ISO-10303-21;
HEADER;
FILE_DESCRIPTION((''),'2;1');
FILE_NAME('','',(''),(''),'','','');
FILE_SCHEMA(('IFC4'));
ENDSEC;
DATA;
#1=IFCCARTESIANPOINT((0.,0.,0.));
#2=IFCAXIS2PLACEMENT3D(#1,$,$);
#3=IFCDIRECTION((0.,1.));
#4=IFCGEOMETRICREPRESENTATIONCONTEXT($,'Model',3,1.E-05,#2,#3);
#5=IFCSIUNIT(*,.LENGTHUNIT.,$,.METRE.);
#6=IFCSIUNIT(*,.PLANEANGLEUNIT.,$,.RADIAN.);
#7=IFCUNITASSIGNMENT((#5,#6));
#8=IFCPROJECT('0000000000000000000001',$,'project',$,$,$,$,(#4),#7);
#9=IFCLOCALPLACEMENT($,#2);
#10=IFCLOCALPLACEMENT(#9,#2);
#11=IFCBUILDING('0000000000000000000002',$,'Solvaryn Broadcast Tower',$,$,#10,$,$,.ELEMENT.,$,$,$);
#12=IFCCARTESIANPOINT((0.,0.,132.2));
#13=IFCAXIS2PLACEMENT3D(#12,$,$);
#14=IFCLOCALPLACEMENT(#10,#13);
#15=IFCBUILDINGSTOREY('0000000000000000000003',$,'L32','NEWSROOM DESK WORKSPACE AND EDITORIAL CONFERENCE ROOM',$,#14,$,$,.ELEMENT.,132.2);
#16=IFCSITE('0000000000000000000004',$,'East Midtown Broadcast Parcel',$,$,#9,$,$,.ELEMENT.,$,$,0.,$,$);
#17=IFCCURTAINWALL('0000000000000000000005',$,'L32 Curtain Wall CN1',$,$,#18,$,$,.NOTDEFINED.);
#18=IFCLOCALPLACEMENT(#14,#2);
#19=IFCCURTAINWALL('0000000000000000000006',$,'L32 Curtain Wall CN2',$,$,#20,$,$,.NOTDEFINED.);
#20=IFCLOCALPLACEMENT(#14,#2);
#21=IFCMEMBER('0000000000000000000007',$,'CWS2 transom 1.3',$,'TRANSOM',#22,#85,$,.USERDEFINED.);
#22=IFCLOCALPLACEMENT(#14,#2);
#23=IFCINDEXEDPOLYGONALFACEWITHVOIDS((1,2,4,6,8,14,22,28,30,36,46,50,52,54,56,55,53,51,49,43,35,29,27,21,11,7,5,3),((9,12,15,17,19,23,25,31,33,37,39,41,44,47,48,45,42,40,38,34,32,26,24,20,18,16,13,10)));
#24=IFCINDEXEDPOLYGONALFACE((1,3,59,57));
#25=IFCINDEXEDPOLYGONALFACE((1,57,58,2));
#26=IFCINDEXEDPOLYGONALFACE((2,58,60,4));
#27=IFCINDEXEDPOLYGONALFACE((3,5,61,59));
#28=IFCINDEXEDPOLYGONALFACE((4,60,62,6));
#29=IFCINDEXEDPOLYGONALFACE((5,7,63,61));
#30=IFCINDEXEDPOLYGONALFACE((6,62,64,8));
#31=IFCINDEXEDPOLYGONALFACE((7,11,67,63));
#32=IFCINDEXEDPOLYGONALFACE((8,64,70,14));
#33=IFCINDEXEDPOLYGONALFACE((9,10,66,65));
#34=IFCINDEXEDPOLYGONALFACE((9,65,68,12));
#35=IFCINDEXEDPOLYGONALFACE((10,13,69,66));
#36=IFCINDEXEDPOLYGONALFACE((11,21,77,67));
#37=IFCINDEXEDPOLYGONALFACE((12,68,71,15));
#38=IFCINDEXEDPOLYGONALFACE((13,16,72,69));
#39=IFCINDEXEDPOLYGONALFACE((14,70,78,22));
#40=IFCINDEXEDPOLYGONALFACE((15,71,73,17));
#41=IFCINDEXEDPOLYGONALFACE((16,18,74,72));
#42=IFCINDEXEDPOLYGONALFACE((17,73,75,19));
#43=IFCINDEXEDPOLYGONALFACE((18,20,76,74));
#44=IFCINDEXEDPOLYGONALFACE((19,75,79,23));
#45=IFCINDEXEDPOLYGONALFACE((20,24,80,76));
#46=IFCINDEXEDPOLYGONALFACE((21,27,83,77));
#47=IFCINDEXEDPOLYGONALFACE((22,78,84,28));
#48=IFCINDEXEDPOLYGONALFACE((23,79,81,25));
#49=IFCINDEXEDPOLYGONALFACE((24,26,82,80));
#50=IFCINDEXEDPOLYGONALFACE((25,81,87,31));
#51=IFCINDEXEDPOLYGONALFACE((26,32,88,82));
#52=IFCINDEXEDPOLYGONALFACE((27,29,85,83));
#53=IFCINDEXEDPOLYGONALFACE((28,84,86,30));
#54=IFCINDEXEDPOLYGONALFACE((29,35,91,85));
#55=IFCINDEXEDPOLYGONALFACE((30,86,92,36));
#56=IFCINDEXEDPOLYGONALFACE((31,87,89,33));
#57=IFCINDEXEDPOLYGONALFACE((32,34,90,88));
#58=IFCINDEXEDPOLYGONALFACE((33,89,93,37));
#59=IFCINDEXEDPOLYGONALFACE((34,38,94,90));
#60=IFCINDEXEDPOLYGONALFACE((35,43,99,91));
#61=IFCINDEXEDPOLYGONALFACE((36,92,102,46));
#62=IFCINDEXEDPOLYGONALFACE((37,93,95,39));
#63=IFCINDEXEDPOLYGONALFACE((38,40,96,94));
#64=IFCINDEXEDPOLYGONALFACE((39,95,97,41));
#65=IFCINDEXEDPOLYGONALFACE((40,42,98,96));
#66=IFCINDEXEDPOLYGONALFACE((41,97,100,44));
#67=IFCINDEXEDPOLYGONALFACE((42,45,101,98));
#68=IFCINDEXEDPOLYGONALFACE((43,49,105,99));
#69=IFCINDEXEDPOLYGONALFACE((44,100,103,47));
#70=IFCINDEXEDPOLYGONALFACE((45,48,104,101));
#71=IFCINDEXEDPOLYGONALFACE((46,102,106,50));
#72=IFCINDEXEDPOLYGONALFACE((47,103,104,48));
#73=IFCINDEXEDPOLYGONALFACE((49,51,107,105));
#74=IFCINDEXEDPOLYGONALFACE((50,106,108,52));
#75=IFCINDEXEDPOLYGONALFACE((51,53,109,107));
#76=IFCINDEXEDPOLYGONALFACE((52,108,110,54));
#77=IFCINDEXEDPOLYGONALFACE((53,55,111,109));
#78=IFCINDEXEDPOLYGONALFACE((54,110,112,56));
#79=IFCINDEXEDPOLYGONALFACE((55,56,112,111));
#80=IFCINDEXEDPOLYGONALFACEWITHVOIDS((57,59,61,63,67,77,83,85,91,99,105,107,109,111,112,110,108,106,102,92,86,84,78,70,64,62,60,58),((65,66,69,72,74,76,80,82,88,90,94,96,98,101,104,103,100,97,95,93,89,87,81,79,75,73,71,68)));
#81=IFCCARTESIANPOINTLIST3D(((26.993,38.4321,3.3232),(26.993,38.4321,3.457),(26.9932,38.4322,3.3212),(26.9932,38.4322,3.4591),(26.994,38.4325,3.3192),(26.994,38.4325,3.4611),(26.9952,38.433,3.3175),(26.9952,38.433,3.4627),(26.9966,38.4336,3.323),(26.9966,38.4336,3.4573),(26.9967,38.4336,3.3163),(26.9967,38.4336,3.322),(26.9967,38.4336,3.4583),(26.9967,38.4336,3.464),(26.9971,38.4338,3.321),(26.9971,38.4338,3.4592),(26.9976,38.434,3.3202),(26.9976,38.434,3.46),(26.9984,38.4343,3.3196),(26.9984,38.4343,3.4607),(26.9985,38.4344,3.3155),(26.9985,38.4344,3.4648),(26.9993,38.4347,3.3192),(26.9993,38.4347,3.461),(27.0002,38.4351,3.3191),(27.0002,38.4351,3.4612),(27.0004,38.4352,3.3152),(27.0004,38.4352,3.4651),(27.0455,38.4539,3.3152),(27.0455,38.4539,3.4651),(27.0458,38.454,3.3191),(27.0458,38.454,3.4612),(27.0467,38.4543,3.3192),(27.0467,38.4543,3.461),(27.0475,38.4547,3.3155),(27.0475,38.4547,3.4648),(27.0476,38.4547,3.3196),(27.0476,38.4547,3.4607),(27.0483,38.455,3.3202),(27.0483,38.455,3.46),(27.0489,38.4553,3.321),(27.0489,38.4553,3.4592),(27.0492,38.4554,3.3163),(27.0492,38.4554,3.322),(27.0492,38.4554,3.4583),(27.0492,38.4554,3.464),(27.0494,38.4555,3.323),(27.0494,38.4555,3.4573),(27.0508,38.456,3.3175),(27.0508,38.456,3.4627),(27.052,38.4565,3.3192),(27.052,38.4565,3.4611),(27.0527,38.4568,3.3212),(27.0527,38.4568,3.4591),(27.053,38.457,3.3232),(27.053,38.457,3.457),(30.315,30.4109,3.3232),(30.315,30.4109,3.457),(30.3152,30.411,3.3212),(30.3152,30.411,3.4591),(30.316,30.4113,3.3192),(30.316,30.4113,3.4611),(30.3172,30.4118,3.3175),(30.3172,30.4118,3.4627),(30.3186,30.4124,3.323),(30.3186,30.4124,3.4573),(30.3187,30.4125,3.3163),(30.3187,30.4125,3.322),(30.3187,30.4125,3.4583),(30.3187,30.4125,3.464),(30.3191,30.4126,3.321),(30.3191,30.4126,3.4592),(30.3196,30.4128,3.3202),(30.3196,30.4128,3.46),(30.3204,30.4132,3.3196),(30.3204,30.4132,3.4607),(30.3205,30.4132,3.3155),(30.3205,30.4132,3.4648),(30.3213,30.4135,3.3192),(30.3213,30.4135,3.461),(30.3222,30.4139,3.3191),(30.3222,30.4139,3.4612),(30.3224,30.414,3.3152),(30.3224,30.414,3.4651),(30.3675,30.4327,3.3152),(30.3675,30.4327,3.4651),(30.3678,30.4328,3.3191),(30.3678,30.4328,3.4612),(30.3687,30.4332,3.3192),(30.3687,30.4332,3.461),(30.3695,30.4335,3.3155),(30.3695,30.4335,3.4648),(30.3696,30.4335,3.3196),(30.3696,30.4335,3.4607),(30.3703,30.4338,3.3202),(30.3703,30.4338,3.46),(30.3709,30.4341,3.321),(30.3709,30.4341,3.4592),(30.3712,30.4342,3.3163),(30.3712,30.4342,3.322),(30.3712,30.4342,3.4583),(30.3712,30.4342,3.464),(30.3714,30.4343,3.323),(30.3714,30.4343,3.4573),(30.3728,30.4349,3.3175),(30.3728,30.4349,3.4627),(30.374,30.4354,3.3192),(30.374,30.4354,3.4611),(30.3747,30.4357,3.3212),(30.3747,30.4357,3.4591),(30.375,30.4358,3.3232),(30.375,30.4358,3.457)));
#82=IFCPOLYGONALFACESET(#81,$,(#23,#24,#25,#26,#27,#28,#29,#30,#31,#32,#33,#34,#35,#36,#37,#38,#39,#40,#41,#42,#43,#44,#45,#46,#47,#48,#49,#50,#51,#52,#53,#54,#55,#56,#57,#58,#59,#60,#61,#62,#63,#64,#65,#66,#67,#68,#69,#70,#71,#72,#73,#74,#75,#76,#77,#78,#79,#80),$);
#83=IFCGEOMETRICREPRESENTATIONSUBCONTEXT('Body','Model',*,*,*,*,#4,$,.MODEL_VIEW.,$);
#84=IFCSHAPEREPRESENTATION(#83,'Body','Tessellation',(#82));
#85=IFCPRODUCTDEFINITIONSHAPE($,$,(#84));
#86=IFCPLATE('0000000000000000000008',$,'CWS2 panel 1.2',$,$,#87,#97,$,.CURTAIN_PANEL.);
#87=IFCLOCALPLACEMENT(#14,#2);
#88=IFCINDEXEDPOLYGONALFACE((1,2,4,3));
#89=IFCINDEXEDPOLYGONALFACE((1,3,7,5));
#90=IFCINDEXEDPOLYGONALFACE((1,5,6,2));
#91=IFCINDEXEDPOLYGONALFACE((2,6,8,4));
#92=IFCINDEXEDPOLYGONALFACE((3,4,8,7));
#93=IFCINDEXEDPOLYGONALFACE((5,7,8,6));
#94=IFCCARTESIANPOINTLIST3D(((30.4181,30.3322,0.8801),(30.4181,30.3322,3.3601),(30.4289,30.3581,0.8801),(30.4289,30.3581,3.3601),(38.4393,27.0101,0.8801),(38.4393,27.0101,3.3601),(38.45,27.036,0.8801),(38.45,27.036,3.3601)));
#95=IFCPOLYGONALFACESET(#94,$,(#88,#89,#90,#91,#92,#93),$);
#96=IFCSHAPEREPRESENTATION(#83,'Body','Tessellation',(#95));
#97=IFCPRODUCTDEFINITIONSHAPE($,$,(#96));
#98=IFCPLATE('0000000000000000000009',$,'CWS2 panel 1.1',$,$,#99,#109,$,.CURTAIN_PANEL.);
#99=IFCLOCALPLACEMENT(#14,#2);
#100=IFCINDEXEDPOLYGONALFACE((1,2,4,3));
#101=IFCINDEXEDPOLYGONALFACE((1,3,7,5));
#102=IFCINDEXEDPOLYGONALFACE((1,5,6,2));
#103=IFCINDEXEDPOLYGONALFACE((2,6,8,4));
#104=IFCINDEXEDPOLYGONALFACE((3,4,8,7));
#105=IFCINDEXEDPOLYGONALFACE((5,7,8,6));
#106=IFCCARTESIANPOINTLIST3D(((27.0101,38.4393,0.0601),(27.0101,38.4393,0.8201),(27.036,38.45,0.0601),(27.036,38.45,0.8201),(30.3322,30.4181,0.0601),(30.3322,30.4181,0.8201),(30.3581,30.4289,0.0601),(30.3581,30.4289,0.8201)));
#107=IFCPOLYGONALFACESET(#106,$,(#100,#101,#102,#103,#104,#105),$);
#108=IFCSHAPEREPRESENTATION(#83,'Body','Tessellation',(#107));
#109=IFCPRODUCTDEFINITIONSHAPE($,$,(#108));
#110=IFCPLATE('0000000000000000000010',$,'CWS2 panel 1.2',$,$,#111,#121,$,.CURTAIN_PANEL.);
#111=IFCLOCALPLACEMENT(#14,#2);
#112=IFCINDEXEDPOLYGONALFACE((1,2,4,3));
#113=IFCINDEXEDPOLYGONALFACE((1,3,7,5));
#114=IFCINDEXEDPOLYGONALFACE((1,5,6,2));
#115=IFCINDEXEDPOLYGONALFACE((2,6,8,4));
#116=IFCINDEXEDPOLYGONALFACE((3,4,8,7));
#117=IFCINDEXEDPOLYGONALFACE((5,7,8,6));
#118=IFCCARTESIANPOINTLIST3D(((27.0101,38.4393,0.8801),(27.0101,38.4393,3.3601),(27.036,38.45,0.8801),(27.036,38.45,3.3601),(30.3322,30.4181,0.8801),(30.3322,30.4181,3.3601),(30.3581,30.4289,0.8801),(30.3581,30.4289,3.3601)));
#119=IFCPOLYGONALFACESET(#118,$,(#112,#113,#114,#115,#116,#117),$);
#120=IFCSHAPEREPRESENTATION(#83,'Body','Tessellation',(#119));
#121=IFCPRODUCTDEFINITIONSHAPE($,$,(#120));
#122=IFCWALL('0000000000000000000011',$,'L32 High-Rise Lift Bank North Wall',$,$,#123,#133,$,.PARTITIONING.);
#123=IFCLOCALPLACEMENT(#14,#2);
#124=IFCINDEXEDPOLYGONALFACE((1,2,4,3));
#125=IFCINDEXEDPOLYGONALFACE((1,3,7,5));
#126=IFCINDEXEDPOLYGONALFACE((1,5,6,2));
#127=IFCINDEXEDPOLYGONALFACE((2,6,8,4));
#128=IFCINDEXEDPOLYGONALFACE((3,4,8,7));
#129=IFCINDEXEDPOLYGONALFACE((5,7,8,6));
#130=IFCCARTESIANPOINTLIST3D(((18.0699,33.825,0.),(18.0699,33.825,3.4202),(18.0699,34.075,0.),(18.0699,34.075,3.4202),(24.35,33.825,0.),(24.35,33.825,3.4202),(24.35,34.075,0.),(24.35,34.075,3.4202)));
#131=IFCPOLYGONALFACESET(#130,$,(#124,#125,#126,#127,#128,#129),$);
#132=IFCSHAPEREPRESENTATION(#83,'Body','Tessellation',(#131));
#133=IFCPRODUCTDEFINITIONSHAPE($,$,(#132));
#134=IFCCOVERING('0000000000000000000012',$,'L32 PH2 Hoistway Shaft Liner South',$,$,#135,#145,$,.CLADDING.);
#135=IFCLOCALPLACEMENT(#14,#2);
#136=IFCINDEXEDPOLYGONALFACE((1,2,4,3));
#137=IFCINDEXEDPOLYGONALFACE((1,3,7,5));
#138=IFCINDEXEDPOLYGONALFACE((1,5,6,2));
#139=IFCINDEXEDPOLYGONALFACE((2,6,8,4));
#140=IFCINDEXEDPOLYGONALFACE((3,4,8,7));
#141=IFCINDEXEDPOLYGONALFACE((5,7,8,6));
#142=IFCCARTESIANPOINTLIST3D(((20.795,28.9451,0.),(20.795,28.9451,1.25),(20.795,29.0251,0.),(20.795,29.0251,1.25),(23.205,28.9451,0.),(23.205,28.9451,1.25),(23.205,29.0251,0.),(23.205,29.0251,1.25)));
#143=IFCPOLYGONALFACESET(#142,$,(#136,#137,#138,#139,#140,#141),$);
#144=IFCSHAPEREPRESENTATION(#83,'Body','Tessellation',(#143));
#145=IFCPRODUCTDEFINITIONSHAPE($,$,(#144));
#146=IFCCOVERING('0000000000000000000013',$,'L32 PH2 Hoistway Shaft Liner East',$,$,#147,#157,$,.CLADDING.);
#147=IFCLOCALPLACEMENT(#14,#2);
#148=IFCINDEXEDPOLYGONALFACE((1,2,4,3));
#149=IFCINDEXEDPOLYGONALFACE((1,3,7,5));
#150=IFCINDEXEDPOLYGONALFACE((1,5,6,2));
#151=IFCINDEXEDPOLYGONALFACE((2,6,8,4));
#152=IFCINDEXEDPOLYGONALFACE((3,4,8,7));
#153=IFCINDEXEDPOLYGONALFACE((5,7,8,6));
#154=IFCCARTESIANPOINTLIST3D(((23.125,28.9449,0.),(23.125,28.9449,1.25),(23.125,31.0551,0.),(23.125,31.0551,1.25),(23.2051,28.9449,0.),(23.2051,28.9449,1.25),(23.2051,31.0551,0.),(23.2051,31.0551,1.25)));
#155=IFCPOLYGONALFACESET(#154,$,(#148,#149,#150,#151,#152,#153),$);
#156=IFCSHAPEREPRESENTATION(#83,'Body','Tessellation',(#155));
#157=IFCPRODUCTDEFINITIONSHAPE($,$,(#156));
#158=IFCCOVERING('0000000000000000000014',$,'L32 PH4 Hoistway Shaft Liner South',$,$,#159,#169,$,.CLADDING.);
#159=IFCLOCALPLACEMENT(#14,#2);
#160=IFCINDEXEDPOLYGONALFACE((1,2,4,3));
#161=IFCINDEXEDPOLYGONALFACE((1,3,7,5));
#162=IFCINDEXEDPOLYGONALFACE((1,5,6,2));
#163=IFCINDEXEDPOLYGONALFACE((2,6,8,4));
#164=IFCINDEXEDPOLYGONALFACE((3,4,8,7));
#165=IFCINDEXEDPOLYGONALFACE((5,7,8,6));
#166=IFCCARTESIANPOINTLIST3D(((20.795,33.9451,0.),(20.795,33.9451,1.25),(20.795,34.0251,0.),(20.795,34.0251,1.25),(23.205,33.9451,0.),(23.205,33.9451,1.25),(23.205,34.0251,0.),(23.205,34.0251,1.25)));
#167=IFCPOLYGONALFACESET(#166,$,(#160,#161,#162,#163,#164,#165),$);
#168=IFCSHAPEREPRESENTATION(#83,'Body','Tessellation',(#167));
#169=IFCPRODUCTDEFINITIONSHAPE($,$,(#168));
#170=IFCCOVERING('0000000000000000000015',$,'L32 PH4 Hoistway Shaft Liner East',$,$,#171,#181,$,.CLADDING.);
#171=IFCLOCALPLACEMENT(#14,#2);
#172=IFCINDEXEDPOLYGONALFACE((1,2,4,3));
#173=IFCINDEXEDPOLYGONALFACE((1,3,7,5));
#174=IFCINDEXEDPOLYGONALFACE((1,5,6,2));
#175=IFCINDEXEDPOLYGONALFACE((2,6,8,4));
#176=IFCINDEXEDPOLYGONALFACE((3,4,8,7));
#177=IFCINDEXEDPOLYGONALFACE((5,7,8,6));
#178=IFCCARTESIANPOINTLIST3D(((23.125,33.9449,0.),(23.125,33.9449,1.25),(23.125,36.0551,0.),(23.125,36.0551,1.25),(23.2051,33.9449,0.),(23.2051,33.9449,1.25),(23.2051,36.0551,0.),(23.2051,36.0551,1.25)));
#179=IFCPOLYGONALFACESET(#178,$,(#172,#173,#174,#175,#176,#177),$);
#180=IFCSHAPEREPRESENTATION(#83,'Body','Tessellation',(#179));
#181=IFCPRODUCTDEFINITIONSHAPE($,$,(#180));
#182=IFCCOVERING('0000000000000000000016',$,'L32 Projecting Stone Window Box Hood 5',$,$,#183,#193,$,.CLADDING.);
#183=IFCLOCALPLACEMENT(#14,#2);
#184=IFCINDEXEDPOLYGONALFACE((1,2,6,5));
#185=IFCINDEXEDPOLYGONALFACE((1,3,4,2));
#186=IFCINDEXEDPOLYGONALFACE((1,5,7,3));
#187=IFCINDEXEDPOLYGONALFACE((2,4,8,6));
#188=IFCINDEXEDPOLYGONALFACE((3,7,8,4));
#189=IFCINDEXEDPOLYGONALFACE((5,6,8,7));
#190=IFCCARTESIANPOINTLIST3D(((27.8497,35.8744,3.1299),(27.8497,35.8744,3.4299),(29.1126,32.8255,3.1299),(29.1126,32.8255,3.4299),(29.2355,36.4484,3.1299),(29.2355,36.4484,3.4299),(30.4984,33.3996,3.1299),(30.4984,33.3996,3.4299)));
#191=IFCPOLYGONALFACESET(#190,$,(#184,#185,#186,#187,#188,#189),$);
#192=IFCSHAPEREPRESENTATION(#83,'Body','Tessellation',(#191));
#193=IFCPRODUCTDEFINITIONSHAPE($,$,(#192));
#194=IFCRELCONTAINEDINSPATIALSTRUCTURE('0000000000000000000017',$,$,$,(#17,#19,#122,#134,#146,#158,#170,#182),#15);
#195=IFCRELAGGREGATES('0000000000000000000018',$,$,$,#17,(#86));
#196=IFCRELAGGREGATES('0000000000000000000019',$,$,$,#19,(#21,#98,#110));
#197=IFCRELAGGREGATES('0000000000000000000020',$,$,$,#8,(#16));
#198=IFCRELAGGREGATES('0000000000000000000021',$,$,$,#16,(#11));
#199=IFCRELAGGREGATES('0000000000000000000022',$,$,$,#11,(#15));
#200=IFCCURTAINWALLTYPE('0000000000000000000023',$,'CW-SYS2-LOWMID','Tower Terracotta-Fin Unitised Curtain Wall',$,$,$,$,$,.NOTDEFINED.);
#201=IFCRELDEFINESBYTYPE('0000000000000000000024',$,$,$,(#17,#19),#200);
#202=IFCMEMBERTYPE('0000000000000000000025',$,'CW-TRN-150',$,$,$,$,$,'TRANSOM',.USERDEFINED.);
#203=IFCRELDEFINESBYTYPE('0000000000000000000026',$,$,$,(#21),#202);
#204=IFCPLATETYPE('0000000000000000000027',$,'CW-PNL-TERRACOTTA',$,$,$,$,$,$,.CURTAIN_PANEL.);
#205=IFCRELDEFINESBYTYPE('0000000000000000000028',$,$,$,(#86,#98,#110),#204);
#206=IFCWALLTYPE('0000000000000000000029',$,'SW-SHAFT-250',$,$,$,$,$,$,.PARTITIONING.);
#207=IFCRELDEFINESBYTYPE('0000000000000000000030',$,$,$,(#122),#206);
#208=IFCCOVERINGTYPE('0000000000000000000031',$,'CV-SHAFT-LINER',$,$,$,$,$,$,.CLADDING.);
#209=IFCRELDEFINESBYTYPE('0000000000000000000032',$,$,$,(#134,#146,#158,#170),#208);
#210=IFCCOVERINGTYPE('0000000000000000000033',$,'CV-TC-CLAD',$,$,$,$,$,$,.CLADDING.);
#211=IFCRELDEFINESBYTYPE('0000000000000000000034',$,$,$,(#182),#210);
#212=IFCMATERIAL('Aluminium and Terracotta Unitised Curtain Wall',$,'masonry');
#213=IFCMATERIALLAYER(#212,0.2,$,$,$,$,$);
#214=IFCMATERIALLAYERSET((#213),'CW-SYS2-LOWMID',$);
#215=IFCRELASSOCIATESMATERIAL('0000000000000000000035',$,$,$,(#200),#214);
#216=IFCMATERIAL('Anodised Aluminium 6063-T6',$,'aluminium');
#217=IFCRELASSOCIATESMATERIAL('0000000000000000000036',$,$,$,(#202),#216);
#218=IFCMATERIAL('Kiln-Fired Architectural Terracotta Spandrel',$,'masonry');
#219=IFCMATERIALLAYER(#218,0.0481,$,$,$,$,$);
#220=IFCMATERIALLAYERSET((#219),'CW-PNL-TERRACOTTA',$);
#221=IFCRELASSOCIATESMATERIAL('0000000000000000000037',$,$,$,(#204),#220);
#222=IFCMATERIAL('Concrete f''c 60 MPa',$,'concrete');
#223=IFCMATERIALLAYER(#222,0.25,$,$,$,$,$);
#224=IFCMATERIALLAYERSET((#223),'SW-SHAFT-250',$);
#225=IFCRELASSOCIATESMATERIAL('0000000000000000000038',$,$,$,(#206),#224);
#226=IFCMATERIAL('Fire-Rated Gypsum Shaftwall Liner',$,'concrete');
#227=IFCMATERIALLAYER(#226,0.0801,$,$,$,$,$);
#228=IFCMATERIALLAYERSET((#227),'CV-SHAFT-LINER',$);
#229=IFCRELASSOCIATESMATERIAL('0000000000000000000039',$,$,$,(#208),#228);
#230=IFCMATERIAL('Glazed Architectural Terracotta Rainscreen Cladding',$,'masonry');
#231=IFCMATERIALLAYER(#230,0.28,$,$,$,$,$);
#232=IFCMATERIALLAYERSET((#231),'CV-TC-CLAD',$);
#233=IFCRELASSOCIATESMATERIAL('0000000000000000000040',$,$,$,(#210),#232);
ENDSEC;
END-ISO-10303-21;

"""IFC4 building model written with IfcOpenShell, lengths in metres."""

from ifc_helpers import new_model, si_unit, direction, frame, frame_2d, origin, origin_2d, place, context, subcontext, project, spatial, rectangle, hollow_rectangle, extrude, material, layer, layer_set, material_profile, profile_set, type_object, element, aggregate, save


model = new_model("IFC4")

# Units and contexts
model_context = context("Model", 3, precision=1e-05, world=origin(), true_north=direction((0.0, 1.0)))
body_context = subcontext(model_context, "Body", "Model", "MODEL_VIEW")
ifc_project = project(units=[si_unit("LENGTHUNIT", "METRE"), si_unit("PLANEANGLEUNIT", "RADIAN")], contexts=[model_context])

# Site, building, storey
site_placement = place(None, origin())
site = spatial("IfcSite", under=ifc_project, at=site_placement, Name="East Midtown Broadcast Parcel", CompositionType="ELEMENT", RefElevation=0.0)
building_placement = place(site_placement, origin())
building = spatial("IfcBuilding", under=site, at=building_placement, Name="Solvaryn Broadcast Tower", CompositionType="ELEMENT")
storey_placement = place(building_placement, frame((0.0, 0.0, 132.2)))
storey = spatial("IfcBuildingStorey", under=building, at=storey_placement, Name="L32", Description="NEWSROOM DESK WORKSPACE AND EDITORIAL CONFERENCE ROOM", CompositionType="ELEMENT", Elevation=132.2)

# Curtain wall
ifc_material_1 = material(Name="Aluminium and Terracotta Unitised Curtain Wall", Category="masonry")
ifc_layer_1 = layer(ifc_material_1, 0.2)
ifc_layer_set_1 = layer_set([ifc_layer_1], Name="CW-SYS2-LOWMID")
curtain_wall_type = type_object("IfcCurtainWallType", Name="CW-SYS2-LOWMID", Description="Tower Terracotta-Fin Unitised Curtain Wall", PredefinedType="NOTDEFINED", material=ifc_layer_set_1)
curtain_wall_1_placement = place(storey_placement, origin())
curtain_wall_1 = element("IfcCurtainWall", 1, at=curtain_wall_1_placement, inside=storey, type_object=curtain_wall_type, Name="L32 Curtain Wall CN1", PredefinedType="NOTDEFINED")

# Curtain wall, member
curtain_wall_2_placement = place(storey_placement, origin())
curtain_wall_2 = element("IfcCurtainWall", 2, at=curtain_wall_2_placement, inside=storey, type_object=curtain_wall_type, Name="L32 Curtain Wall CN2", PredefinedType="NOTDEFINED")
ifc_material_2 = material(Name="Anodised Aluminium 6063-T6", Category="aluminium")
ifc_material_profile_1 = material_profile(ifc_material_2, hollow_rectangle(XDim=0.0649, YDim=0.1499, WallThickness=0.0039, InnerFilletRadius=0.0039, OuterFilletRadius=0.0081, at=origin_2d()))
ifc_profile_set_1 = profile_set([ifc_material_profile_1], Name="Anodised Aluminium 6063-T6")
member_type_1 = type_object("IfcMemberType", Name="CW-TRN-150", ElementType="TRANSOM", PredefinedType="USERDEFINED", material=ifc_profile_set_1)
member_1_placement = place(storey_placement, frame((30.345, 30.4233, 3.3901), z_axis=(-0.382636, 0.923899, 0.0), x_axis=(-0.923899, -0.382636, 0.0)))
member_1 = element("IfcMember", 3, at=member_1_placement, type_object=member_type_1, Name="CWS2 transom 1.3", ObjectType="TRANSOM", PredefinedType="USERDEFINED", context=body_context, shape_type="SweptSolid", body=[
    extrude(hollow_rectangle(XDim=0.0649, YDim=0.1499, WallThickness=0.0039, InnerFilletRadius=0.0039, OuterFilletRadius=0.0081, at=origin_2d()), origin(), (0.0, 0.0, 1.0), 8.6819),
])

# Plates
ifc_material_3 = material(Name="Kiln-Fired Architectural Terracotta Spandrel", Category="masonry")
ifc_layer_2 = layer(ifc_material_3, 0.0481)
ifc_layer_set_2 = layer_set([ifc_layer_2], Name="CW-PNL-TERRACOTTA")
plate_type = type_object("IfcPlateType", Name="CW-PNL-TERRACOTTA", PredefinedType="CURTAIN_PANEL", material=ifc_layer_set_2)
plate_1_placement = place(storey_placement, frame((34.4341, 28.6841, 0.8801), z_axis=(0.0, 0.0, 1.0), x_axis=(-0.923895, 0.382646, 0.0)))
plate_1 = element("IfcPlate", 4, at=plate_1_placement, type_object=plate_type, Name="CWS2 panel 1.2", PredefinedType="CURTAIN_PANEL", context=body_context, shape_type="SweptSolid", body=[
    extrude(rectangle(XDim=8.6819, YDim=0.0281, at=origin_2d()), origin(), (0.0, 0.0, 1.0), 2.48),
])
aggregate(curtain_wall_1, [plate_1])
plate_2_placement = place(storey_placement, frame((28.6841, 34.4341, 0.0601), z_axis=(0.0, 0.0, 1.0), x_axis=(-0.382646, 0.923895, 0.0)))
plate_2 = element("IfcPlate", 5, at=plate_2_placement, type_object=plate_type, Name="CWS2 panel 1.1", PredefinedType="CURTAIN_PANEL", context=body_context, shape_type="SweptSolid", body=[
    extrude(rectangle(XDim=8.6819, YDim=0.0281, at=origin_2d()), origin(), (0.0, 0.0, 1.0), 0.76),
])
plate_3_placement = place(storey_placement, frame((28.6841, 34.4341, 0.8801), z_axis=(0.0, 0.0, 1.0), x_axis=(-0.382646, 0.923895, 0.0)))
plate_3 = element("IfcPlate", 6, at=plate_3_placement, type_object=plate_type, Name="CWS2 panel 1.2", PredefinedType="CURTAIN_PANEL", context=body_context, shape_type="SweptSolid", body=[
    extrude(rectangle(XDim=8.6819, YDim=0.0281, at=origin_2d()), origin(), (0.0, 0.0, 1.0), 2.48),
])
aggregate(curtain_wall_2, [member_1, plate_2, plate_3])

# Wall
ifc_material_4 = material(Name="Concrete f'c 60 MPa", Category="concrete")
ifc_layer_3 = layer(ifc_material_4, 0.25)
ifc_layer_set_3 = layer_set([ifc_layer_3], Name="SW-SHAFT-250")
wall_type = type_object("IfcWallType", Name="SW-SHAFT-250", PredefinedType="PARTITIONING", material=ifc_layer_set_3)
wall_placement = place(storey_placement, frame((24.3501, 33.95, 0.0), z_axis=(0.0, 0.0, 1.0), x_axis=(-1.0, 0.0, 0.0)))
element("IfcWall", 7, at=wall_placement, inside=storey, type_object=wall_type, Name="L32 High-Rise Lift Bank North Wall", PredefinedType="PARTITIONING", context=body_context, shape_type="SweptSolid", body=[
    extrude(rectangle(XDim=6.28, YDim=0.25, at=frame_2d((3.1401, 0.0))), origin(), (0.0, 0.0, 1.0), 3.4202),
])

# Coverings
ifc_material_5 = material(Name="Fire-Rated Gypsum Shaftwall Liner", Category="concrete")
ifc_layer_4 = layer(ifc_material_5, 0.0801)
ifc_layer_set_4 = layer_set([ifc_layer_4], Name="CV-SHAFT-LINER")
covering_type_1 = type_object("IfcCoveringType", Name="CV-SHAFT-LINER", PredefinedType="CLADDING", material=ifc_layer_set_4)
covering_1_placement = place(storey_placement, frame((22.0, 28.9851, 0.0), z_axis=(0.0, 0.0, 1.0), x_axis=(1.0, 0.0, 0.0)))
element("IfcCovering", 8, at=covering_1_placement, inside=storey, type_object=covering_type_1, Name="L32 PH2 Hoistway Shaft Liner South", PredefinedType="CLADDING", context=body_context, shape_type="SweptSolid", body=[
    extrude(rectangle(XDim=2.4099, YDim=0.0801, at=origin_2d()), origin(), (0.0, 0.0, 1.0), 1.25),
])
covering_2_placement = place(storey_placement, frame((23.165, 30.0, 0.0), z_axis=(0.0, 0.0, 1.0), x_axis=(1.0, 0.0, 0.0)))
element("IfcCovering", 9, at=covering_2_placement, inside=storey, type_object=covering_type_1, Name="L32 PH2 Hoistway Shaft Liner East", PredefinedType="CLADDING", context=body_context, shape_type="SweptSolid", body=[
    extrude(rectangle(XDim=0.0801, YDim=2.1101, at=origin_2d()), origin(), (0.0, 0.0, 1.0), 1.25),
])
covering_3_placement = place(storey_placement, frame((22.0, 33.9851, 0.0), z_axis=(0.0, 0.0, 1.0), x_axis=(1.0, 0.0, 0.0)))
element("IfcCovering", 10, at=covering_3_placement, inside=storey, type_object=covering_type_1, Name="L32 PH4 Hoistway Shaft Liner South", PredefinedType="CLADDING", context=body_context, shape_type="SweptSolid", body=[
    extrude(rectangle(XDim=2.4099, YDim=0.0801, at=origin_2d()), origin(), (0.0, 0.0, 1.0), 1.25),
])
covering_4_placement = place(storey_placement, frame((23.165, 35.0, 0.0), z_axis=(0.0, 0.0, 1.0), x_axis=(1.0, 0.0, 0.0)))
element("IfcCovering", 11, at=covering_4_placement, inside=storey, type_object=covering_type_1, Name="L32 PH4 Hoistway Shaft Liner East", PredefinedType="CLADDING", context=body_context, shape_type="SweptSolid", body=[
    extrude(rectangle(XDim=0.0801, YDim=2.1101, at=origin_2d()), origin(), (0.0, 0.0, 1.0), 1.25),
])
ifc_material_6 = material(Name="Glazed Architectural Terracotta Rainscreen Cladding", Category="masonry")
ifc_layer_5 = layer(ifc_material_6, 0.28)
ifc_layer_set_5 = layer_set([ifc_layer_5], Name="CV-TC-CLAD")
covering_type_2 = type_object("IfcCoveringType", Name="CV-TC-CLAD", PredefinedType="CLADDING", material=ifc_layer_set_5)
for number, where, z_axis, x_axis, name in (
    (12, (29.1741, 34.637, 3.1299), (0.0, 0.0, 1.0), (-0.382683, 0.92388, 0.0), "L32 Projecting Stone Window Box Hood 5"),
):
    element("IfcCovering", number, at=place(storey_placement, frame(where, z_axis=z_axis, x_axis=x_axis)), inside=storey, type_object=covering_type_2, Name=name, PredefinedType="CLADDING", context=body_context, shape_type="SweptSolid", body=[
        extrude(rectangle(XDim=3.3, YDim=1.5, at=origin_2d()), origin(), (0.0, 0.0, 1.0), 0.3),
    ])

save(model, "model.ifc")
